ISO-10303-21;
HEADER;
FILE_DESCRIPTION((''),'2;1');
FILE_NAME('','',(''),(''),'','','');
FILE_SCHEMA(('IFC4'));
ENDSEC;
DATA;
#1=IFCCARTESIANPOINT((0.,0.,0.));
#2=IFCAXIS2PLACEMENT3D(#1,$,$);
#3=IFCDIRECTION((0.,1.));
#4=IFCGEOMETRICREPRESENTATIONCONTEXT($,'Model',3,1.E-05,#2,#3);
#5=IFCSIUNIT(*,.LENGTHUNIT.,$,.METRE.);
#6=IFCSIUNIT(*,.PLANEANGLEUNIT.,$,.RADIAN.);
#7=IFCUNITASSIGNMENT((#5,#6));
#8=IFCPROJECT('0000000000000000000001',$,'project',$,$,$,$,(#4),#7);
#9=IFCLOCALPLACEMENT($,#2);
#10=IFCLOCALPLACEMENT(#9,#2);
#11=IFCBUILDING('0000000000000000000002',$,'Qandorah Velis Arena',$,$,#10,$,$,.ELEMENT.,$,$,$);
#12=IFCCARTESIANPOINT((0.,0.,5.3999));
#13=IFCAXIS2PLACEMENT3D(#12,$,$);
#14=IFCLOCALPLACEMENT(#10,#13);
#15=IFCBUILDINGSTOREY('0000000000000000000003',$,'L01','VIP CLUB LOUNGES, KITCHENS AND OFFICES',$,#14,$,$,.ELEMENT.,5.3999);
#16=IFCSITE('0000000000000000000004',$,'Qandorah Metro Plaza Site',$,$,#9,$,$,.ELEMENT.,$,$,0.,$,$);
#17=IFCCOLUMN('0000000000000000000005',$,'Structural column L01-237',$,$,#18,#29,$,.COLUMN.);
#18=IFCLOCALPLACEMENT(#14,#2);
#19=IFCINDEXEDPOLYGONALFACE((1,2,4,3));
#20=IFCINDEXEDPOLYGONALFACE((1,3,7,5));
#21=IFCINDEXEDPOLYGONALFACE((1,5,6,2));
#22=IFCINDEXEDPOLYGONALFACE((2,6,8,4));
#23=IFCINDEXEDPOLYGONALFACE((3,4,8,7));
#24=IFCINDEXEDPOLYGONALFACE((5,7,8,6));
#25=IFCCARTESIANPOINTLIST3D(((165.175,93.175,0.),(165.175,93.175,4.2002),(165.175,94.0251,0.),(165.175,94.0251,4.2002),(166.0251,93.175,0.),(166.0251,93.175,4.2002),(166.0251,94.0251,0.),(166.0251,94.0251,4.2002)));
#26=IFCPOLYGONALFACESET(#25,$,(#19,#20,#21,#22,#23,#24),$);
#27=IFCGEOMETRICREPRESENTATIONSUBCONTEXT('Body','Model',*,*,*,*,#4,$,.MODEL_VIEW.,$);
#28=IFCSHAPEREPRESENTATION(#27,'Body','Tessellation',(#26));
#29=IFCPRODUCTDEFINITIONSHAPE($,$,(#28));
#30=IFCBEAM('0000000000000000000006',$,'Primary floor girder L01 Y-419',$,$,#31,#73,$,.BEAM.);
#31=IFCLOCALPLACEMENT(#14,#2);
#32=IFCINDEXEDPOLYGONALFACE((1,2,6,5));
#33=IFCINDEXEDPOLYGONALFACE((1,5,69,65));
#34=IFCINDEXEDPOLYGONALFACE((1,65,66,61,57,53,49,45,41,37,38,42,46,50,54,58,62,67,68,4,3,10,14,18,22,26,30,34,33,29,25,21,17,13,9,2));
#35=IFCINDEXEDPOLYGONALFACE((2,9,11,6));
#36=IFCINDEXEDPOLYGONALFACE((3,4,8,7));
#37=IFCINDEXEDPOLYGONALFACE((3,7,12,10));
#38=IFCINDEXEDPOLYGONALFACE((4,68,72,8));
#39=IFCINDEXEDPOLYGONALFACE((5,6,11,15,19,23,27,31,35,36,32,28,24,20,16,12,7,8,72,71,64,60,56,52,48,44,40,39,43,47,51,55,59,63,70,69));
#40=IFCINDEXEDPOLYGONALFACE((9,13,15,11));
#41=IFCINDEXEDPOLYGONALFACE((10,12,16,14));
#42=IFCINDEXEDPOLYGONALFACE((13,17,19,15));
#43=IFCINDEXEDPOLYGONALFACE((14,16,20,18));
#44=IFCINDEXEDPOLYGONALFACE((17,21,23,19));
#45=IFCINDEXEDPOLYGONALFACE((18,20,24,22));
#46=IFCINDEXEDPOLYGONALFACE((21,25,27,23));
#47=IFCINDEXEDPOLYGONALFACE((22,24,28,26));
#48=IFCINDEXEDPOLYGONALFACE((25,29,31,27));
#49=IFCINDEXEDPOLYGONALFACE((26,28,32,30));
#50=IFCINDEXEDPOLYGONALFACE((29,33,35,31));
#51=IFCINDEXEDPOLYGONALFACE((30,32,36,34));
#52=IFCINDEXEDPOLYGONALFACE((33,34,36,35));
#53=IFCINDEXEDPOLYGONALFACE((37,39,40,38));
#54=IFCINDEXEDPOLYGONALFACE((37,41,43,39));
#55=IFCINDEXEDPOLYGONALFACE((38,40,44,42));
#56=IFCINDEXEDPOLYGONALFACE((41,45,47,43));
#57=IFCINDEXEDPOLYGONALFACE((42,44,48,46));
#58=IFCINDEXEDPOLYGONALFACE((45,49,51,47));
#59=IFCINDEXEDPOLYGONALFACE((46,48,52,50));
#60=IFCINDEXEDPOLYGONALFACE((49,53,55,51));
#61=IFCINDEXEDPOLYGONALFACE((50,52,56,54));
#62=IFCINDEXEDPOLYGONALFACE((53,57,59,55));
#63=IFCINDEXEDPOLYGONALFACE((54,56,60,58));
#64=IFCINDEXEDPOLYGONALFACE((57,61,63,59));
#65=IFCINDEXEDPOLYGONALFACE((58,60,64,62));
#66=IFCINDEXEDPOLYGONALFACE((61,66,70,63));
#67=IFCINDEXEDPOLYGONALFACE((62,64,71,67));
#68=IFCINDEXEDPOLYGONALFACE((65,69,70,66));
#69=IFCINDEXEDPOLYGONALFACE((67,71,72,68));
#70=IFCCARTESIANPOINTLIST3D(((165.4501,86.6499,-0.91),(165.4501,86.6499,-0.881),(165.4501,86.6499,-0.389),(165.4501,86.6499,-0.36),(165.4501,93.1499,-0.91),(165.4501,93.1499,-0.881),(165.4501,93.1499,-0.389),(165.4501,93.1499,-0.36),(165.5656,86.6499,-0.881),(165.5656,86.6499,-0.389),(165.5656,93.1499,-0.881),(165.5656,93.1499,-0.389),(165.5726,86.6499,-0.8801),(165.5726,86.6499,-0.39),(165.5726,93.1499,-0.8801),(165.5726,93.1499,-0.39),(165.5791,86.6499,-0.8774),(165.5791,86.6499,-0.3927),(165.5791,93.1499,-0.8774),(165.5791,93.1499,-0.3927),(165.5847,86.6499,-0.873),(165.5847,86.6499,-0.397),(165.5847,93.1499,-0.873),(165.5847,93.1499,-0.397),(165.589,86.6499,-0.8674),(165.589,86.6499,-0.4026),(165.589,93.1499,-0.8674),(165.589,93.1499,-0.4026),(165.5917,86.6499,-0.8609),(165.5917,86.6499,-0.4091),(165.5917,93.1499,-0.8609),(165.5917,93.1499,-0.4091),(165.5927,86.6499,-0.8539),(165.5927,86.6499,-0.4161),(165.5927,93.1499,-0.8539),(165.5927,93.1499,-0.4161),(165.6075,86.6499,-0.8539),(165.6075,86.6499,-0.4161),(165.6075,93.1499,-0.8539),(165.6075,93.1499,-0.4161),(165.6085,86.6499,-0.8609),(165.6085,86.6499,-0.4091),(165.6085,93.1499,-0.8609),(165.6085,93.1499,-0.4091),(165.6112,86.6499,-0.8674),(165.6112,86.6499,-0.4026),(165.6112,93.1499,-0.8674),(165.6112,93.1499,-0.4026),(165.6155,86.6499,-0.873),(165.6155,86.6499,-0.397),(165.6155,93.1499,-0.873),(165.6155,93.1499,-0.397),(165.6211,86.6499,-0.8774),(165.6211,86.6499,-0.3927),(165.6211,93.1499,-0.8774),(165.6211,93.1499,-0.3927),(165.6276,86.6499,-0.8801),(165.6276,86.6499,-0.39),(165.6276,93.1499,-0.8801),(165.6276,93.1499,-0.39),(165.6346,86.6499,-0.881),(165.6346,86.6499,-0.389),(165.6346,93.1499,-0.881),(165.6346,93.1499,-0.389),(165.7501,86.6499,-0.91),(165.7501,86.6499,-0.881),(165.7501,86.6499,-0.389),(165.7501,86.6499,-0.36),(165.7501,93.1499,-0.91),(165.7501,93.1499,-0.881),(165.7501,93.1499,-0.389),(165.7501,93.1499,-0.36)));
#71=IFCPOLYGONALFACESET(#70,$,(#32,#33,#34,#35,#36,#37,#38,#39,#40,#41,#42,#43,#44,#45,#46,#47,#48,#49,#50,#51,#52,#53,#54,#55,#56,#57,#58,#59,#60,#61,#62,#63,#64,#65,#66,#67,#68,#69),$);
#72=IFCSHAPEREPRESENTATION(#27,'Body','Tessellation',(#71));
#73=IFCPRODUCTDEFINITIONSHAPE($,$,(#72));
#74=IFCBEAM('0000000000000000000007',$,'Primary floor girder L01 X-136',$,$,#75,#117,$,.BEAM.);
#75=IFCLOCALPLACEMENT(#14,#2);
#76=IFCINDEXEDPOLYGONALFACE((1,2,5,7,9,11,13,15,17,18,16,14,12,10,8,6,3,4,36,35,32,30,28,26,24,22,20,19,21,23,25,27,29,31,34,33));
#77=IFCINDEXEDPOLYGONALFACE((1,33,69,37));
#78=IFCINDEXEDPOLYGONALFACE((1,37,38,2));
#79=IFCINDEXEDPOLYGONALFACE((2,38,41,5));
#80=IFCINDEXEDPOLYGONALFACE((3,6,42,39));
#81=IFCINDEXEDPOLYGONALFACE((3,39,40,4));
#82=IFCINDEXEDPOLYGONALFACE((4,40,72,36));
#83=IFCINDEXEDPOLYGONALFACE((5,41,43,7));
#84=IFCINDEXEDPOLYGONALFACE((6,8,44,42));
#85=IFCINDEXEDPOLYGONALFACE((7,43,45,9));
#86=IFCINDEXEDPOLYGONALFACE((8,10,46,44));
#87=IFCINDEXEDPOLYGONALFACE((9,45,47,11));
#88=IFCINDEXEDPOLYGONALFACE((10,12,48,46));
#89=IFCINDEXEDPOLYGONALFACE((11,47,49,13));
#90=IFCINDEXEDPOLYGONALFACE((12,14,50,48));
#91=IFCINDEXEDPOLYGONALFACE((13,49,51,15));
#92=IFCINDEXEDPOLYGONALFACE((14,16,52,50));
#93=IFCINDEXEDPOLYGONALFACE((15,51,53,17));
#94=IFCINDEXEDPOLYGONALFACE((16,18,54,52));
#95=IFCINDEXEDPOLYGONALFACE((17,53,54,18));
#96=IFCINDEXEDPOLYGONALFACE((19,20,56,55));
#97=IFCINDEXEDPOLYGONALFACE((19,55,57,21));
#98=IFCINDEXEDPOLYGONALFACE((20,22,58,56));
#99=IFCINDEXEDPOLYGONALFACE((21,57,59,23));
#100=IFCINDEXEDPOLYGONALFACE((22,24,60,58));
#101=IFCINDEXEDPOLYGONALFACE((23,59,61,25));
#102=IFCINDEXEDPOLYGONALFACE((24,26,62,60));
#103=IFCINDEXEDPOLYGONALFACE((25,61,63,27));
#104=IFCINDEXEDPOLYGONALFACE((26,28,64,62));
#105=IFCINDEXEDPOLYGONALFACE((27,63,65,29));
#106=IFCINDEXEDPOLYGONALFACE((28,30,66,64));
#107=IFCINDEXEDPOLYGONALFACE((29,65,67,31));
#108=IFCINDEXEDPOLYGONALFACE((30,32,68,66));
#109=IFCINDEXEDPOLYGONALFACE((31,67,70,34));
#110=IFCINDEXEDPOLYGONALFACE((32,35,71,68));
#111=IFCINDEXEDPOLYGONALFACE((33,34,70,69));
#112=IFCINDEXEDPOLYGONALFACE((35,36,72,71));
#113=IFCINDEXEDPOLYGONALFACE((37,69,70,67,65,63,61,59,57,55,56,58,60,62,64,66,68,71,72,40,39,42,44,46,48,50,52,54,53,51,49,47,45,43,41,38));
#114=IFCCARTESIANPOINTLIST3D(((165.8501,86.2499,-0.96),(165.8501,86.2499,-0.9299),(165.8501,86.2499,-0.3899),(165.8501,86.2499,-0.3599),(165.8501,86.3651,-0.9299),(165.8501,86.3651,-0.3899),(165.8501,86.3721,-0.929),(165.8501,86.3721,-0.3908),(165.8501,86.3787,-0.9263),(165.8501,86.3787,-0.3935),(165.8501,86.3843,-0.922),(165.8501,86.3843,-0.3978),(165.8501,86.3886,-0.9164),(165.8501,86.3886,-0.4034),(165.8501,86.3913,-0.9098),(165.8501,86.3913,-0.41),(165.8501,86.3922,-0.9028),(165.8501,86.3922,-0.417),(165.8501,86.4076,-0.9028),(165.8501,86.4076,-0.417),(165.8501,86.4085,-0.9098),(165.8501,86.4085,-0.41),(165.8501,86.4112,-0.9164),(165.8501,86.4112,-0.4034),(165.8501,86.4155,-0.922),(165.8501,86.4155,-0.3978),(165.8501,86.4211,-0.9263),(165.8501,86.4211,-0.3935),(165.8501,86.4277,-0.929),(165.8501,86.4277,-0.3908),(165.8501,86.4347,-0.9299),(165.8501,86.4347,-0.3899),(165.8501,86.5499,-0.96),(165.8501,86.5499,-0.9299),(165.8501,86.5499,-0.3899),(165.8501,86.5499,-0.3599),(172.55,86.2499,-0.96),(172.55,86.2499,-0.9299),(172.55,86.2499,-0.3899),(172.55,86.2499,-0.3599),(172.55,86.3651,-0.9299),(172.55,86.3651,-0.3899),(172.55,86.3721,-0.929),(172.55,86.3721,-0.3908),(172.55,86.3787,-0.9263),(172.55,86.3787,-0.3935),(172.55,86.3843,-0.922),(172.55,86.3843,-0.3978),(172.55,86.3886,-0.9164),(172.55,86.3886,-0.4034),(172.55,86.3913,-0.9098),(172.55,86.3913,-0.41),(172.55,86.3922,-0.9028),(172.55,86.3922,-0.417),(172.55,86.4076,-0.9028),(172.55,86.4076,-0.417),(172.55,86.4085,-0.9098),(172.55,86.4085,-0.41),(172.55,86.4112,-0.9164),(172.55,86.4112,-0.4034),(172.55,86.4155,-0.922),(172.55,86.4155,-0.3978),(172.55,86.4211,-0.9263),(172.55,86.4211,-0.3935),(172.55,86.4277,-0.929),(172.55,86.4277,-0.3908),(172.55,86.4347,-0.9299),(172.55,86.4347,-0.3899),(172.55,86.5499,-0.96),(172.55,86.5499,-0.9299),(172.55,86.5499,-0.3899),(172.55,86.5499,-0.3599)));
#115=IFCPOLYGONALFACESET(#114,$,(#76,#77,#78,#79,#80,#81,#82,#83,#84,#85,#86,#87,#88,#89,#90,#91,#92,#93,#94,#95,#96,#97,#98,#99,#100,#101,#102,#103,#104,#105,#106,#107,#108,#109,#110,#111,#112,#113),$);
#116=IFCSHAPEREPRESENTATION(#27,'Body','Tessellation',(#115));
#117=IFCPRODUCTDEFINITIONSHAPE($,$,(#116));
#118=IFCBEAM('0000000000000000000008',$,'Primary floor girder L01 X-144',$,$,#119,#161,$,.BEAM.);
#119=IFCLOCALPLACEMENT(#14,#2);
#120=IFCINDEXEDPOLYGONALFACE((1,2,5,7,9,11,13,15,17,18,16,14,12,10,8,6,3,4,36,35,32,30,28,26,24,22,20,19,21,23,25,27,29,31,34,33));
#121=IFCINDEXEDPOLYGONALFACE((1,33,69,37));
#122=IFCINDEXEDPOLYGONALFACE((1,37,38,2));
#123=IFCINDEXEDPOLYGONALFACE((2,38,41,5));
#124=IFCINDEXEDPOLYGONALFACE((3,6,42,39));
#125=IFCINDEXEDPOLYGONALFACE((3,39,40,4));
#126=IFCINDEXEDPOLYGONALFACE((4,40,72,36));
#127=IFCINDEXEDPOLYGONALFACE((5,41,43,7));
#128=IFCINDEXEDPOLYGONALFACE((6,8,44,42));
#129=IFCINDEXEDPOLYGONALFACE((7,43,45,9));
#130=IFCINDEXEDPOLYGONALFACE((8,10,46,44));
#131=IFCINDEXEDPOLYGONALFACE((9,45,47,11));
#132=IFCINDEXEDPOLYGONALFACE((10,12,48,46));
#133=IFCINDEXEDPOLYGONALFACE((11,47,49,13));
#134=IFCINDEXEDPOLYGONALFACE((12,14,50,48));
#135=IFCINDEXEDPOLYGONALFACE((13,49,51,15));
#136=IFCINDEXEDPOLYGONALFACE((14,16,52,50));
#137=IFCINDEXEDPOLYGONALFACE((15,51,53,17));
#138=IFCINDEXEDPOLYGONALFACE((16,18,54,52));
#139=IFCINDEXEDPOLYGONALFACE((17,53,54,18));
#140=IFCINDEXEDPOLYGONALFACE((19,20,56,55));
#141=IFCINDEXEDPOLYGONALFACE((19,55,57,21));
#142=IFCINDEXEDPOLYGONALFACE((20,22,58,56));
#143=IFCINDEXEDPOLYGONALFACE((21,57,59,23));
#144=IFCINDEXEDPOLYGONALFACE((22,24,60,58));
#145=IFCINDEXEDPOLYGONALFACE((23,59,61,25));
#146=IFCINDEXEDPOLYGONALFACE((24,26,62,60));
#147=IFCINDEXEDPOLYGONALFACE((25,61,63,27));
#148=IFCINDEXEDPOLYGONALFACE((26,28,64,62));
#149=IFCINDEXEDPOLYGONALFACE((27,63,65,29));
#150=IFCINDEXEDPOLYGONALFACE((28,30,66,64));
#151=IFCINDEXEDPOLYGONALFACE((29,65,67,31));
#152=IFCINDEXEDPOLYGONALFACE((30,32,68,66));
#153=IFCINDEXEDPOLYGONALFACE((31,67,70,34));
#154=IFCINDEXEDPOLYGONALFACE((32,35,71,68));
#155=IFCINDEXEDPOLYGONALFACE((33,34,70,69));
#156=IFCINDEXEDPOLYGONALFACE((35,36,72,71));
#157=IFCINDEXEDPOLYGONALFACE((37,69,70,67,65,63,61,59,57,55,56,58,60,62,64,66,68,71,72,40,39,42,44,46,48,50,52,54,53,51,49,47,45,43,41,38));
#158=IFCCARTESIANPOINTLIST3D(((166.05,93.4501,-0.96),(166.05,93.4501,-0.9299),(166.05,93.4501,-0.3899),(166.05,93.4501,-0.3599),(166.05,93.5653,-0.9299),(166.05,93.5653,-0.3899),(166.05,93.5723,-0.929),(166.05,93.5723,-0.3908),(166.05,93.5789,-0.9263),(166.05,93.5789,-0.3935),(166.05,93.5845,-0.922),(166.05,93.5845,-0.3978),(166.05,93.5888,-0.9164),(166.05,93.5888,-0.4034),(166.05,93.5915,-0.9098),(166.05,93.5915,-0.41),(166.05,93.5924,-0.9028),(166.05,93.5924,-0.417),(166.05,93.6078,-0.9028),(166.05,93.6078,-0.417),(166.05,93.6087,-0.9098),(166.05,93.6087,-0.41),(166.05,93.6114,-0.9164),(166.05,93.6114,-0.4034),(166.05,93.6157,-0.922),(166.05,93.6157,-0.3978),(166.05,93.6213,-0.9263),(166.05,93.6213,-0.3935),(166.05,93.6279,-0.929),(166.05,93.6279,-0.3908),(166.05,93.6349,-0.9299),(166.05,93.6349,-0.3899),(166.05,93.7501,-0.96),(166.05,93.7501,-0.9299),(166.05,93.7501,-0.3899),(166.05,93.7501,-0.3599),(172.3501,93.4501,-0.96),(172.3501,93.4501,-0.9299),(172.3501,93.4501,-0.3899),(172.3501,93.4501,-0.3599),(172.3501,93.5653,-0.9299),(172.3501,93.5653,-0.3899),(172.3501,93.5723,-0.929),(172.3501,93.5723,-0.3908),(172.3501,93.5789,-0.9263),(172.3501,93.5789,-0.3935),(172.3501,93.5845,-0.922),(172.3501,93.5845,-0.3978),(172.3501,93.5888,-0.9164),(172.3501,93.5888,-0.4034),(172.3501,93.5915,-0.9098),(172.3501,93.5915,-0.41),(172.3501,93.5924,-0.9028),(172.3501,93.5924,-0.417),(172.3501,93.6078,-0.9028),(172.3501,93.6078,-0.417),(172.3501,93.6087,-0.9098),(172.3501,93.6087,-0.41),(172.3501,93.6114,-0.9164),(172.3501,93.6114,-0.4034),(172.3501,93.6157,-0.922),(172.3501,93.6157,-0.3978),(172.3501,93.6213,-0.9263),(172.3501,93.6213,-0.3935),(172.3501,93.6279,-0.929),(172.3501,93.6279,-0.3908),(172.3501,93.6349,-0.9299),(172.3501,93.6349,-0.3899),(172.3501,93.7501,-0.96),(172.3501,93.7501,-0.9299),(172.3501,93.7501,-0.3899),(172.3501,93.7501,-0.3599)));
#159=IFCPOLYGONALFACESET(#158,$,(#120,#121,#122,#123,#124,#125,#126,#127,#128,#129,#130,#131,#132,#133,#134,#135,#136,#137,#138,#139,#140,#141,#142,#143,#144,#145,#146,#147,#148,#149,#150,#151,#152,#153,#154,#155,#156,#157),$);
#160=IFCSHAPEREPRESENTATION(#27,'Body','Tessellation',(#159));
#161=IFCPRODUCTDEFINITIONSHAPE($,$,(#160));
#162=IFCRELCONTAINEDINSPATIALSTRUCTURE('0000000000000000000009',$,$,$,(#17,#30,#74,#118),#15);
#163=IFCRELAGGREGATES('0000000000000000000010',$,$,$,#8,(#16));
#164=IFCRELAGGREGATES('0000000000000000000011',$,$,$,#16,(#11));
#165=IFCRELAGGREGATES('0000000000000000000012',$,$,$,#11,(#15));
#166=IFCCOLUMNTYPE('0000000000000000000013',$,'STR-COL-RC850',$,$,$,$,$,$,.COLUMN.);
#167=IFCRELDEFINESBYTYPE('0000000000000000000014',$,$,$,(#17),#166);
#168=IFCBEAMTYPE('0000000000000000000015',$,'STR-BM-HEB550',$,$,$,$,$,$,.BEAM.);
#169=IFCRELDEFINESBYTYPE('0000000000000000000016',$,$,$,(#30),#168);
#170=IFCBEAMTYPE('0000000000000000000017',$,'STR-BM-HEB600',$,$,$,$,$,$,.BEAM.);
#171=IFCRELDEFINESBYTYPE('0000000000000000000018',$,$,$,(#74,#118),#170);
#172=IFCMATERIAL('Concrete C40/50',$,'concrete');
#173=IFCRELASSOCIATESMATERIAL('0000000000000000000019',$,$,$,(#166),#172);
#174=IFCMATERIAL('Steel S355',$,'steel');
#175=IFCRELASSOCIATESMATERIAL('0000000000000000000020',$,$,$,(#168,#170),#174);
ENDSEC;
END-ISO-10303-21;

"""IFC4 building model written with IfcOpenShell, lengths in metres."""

from ifc_helpers import new_model, si_unit, direction, frame, origin, origin_2d, place, context, subcontext, project, spatial, rectangle, i_section, extrude, material, material_profile, profile_set, type_object, element, save


model = new_model("IFC4")

# Units and contexts
model_context = context("Model", 3, precision=1e-05, world=origin(), true_north=direction((0.0, 1.0)))
body_context = subcontext(model_context, "Body", "Model", "MODEL_VIEW")
ifc_project = project(units=[si_unit("LENGTHUNIT", "METRE"), si_unit("PLANEANGLEUNIT", "RADIAN")], contexts=[model_context])

# Site, building, storey
site_placement = place(None, origin())
site = spatial("IfcSite", under=ifc_project, at=site_placement, Name="Qandorah Metro Plaza Site", CompositionType="ELEMENT", RefElevation=0.0)
building_placement = place(site_placement, origin())
building = spatial("IfcBuilding", under=site, at=building_placement, Name="Qandorah Velis Arena", CompositionType="ELEMENT")
storey_placement = place(building_placement, frame((0.0, 0.0, 5.3999)))
storey = spatial("IfcBuildingStorey", under=building, at=storey_placement, Name="L01", Description="VIP CLUB LOUNGES, KITCHENS AND OFFICES", CompositionType="ELEMENT", Elevation=5.3999)

# Column
ifc_material_1 = material(Name="Concrete C40/50", Category="concrete")
ifc_material_profile_1 = material_profile(ifc_material_1, rectangle(XDim=0.8501, YDim=0.8501, at=origin_2d()), Name="RC COL 850x850")
ifc_profile_set_1 = profile_set([ifc_material_profile_1], Name="Concrete C40/50")
column_type = type_object("IfcColumnType", Name="STR-COL-RC850", PredefinedType="COLUMN", material=ifc_profile_set_1)
column_placement = place(storey_placement, frame((165.6001, 93.6001, 0.0), z_axis=(0.0, 0.0, 1.0), x_axis=(1.0, 0.0, 0.0)))
element("IfcColumn", 1, at=column_placement, inside=storey, type_object=column_type, Name="Structural column L01-237", PredefinedType="COLUMN", context=body_context, shape_type="SweptSolid", body=[
    extrude(rectangle(XDim=0.8501, YDim=0.8501, at=origin_2d()), origin(), (0.0, 0.0, 1.0), 4.2002),
])

# Beams
ifc_material_2 = material(Name="Steel S355", Category="steel")
ifc_material_profile_2 = material_profile(ifc_material_2, i_section(OverallWidth=0.3, OverallDepth=0.55, WebThickness=0.0149, FlangeThickness=0.0291, FilletRadius=0.0271, at=origin_2d()), Name="HEB 550")
ifc_profile_set_2 = profile_set([ifc_material_profile_2], Name="Steel S355")
beam_type_1 = type_object("IfcBeamType", Name="STR-BM-HEB550", PredefinedType="BEAM", material=ifc_profile_set_2)
beam_1_placement = place(storey_placement, frame((165.6001, 86.6499, -0.635), z_axis=(0.0, 1.0, 0.0), x_axis=(-1.0, 0.0, 0.0)))
element("IfcBeam", 2, at=beam_1_placement, inside=storey, type_object=beam_type_1, Name="Primary floor girder L01 Y-419", PredefinedType="BEAM", context=body_context, shape_type="SweptSolid", body=[
    extrude(i_section(OverallWidth=0.3, OverallDepth=0.55, WebThickness=0.0149, FlangeThickness=0.0291, FilletRadius=0.0271, at=origin_2d()), origin(), (0.0, 0.0, 1.0), 6.5),
])
ifc_material_profile_3 = material_profile(ifc_material_2, i_section(OverallWidth=0.3, OverallDepth=0.6001, WebThickness=0.0154, FlangeThickness=0.03, FilletRadius=0.0271, at=origin_2d()), Name="HEB 600")
ifc_profile_set_3 = profile_set([ifc_material_profile_3], Name="Steel S355")
beam_type_2 = type_object("IfcBeamType", Name="STR-BM-HEB600", PredefinedType="BEAM", material=ifc_profile_set_3)
beam_2_placement = place(storey_placement, frame((165.8501, 86.3999, -0.6599), z_axis=(1.0, 0.0, 0.0), x_axis=(0.0, 1.0, 0.0)))
element("IfcBeam", 3, at=beam_2_placement, inside=storey, type_object=beam_type_2, Name="Primary floor girder L01 X-136", PredefinedType="BEAM", context=body_context, shape_type="SweptSolid", body=[
    extrude(i_section(OverallWidth=0.3, OverallDepth=0.6001, WebThickness=0.0154, FlangeThickness=0.03, FilletRadius=0.0271, at=origin_2d()), origin(), (0.0, 0.0, 1.0), 6.7),
])
beam_3_placement = place(storey_placement, frame((166.05, 93.6001, -0.6599), z_axis=(1.0, 0.0, 0.0), x_axis=(0.0, 1.0, 0.0)))
element("IfcBeam", 4, at=beam_3_placement, inside=storey, type_object=beam_type_2, Name="Primary floor girder L01 X-144", PredefinedType="BEAM", context=body_context, shape_type="SweptSolid", body=[
    extrude(i_section(OverallWidth=0.3, OverallDepth=0.6001, WebThickness=0.0154, FlangeThickness=0.03, FilletRadius=0.0271, at=origin_2d()), origin(), (0.0, 0.0, 1.0), 6.3),
])

save(model, "model.ifc")
